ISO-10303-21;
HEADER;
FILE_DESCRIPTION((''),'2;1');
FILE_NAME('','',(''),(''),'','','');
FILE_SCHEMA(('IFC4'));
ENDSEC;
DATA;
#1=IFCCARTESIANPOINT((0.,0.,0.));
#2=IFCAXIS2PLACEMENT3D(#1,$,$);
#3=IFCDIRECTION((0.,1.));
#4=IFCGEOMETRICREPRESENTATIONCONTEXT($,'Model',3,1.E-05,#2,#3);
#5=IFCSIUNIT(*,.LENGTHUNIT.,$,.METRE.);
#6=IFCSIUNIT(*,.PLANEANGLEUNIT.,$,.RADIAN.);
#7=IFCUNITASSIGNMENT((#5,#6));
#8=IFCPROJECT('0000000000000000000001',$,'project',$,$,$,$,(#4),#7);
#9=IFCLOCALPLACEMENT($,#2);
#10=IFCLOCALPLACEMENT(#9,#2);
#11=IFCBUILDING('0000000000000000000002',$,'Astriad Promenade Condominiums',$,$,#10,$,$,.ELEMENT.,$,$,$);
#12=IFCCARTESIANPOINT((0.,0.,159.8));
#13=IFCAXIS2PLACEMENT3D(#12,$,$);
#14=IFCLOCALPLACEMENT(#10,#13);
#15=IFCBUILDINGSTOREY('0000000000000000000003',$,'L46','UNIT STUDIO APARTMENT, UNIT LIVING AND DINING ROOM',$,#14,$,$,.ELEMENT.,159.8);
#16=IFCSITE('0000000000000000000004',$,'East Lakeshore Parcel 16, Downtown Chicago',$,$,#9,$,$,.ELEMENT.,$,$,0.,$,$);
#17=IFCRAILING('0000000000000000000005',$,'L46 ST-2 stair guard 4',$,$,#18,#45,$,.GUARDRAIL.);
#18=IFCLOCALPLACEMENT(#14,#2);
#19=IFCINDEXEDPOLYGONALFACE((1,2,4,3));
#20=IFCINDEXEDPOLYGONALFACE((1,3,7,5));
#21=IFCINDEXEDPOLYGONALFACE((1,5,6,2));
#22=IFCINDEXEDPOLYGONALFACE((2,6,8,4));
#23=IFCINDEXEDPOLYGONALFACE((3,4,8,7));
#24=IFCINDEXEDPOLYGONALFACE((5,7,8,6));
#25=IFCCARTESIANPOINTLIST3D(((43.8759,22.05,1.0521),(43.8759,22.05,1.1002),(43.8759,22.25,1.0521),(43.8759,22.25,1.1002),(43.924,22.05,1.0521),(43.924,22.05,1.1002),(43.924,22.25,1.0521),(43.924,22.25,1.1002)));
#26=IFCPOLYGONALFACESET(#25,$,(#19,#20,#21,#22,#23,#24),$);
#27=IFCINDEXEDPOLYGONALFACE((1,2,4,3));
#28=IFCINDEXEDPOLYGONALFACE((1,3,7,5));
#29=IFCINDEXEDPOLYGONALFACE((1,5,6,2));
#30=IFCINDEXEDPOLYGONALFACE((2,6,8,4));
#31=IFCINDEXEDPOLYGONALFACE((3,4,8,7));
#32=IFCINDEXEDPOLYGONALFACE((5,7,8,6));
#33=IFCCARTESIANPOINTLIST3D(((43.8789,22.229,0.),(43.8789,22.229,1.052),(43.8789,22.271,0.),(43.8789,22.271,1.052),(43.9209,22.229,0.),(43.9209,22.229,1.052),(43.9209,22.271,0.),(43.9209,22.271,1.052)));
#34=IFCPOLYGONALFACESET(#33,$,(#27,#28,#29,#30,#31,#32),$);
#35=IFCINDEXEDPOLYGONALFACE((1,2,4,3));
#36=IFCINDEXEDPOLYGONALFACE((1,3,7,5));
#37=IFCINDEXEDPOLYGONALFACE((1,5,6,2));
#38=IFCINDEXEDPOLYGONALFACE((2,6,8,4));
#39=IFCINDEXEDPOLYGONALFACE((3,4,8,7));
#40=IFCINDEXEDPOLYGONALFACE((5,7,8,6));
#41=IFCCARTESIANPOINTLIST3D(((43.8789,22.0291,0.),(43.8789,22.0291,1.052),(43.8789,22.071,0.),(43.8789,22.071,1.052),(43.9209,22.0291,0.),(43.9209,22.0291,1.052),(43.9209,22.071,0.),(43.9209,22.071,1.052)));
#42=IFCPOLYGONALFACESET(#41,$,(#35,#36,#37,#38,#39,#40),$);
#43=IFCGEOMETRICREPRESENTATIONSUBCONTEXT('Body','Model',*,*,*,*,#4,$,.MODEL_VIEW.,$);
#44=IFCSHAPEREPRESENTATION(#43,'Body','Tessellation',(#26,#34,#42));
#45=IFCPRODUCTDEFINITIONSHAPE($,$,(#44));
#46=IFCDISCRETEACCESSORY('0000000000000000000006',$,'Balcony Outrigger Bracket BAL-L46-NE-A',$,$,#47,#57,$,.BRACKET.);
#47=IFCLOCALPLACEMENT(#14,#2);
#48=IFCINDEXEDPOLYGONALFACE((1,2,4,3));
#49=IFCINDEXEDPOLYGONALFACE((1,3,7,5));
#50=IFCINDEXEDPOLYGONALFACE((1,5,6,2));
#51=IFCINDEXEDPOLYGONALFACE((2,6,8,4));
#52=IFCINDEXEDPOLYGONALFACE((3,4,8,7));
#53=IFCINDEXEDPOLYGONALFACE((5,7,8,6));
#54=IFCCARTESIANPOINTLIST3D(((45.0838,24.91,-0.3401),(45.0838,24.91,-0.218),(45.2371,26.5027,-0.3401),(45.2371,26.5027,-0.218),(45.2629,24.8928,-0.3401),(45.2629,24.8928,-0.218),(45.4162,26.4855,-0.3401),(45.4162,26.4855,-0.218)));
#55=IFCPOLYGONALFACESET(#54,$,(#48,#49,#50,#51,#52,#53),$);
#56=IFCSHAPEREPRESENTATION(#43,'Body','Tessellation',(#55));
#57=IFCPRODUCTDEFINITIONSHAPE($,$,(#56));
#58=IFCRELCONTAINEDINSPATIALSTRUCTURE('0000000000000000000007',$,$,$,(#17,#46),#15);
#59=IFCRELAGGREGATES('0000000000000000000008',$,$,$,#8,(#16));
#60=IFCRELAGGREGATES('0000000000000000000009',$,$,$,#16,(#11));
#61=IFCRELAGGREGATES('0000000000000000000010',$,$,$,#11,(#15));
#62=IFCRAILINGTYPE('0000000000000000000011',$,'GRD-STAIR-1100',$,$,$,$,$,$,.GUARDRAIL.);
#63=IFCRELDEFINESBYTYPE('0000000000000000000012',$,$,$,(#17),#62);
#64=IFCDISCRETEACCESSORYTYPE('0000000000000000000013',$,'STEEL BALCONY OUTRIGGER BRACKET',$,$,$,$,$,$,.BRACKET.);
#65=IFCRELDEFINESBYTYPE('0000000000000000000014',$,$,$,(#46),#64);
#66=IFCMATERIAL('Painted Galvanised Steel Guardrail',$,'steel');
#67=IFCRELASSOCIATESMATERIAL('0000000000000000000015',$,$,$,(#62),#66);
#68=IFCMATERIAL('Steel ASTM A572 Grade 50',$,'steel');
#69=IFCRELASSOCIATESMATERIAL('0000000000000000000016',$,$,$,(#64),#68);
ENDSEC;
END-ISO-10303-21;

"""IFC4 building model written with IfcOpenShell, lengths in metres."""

from ifc_helpers import new_model, si_unit, direction, frame, origin, origin_2d, place, context, subcontext, project, spatial, rectangle, extrude, source, transform, mapped, material, type_object, type_shapes, element, save


model = new_model("IFC4")

# Units and contexts
model_context = context("Model", 3, precision=1e-05, world=origin(), true_north=direction((0.0, 1.0)))
body_context = subcontext(model_context, "Body", "Model", "MODEL_VIEW")
ifc_project = project(units=[si_unit("LENGTHUNIT", "METRE"), si_unit("PLANEANGLEUNIT", "RADIAN")], contexts=[model_context])

# Site, building, storey
site_placement = place(None, origin())
site = spatial("IfcSite", under=ifc_project, at=site_placement, Name="East Lakeshore Parcel 16, Downtown Chicago", CompositionType="ELEMENT", RefElevation=0.0)
building_placement = place(site_placement, origin())
building = spatial("IfcBuilding", under=site, at=building_placement, Name="Astriad Promenade Condominiums", CompositionType="ELEMENT")
storey_placement = place(building_placement, frame((0.0, 0.0, 159.8)))
storey = spatial("IfcBuildingStorey", under=building, at=storey_placement, Name="L46", Description="UNIT STUDIO APARTMENT, UNIT LIVING AND DINING ROOM", CompositionType="ELEMENT", Elevation=159.8)

# Railing
ifc_material_1 = material(Name="Painted Galvanised Steel Guardrail", Category="steel")
railing_type_1 = type_object("IfcRailingType", Name="GRD-STAIR-1100", PredefinedType="GUARDRAIL", material=ifc_material_1)
shared_shape_1 = source(origin(), body_context, "Body", "SweptSolid", [
    extrude(rectangle(XDim=0.0481, YDim=0.0481, at=origin_2d()), frame((0.0, 0.0, 1.0762), z_axis=(0.0, -1.0, 0.0), x_axis=(1.0, 0.0, 0.0)), (0.0, 0.0, 1.0), 0.2),
    extrude(rectangle(XDim=0.042, YDim=0.042, at=origin_2d()), origin(), (0.0, 0.0, 1.0), 1.052),
    extrude(rectangle(XDim=0.042, YDim=0.042, at=origin_2d()), frame((0.0, -0.2, 0.0)), (0.0, 0.0, 1.0), 1.052),
])
railing_1_placement = place(storey_placement, frame((43.8999, 22.25, 0.0)))
element("IfcRailing", 1, at=railing_1_placement, inside=storey, type_object=railing_type_1, Name="L46 ST-2 stair guard 4", PredefinedType="GUARDRAIL", context=body_context, shape_type="MappedRepresentation", body=[
    mapped(shared_shape_1, transform((0.0, 0.0, 0.0), scale=1.0)),
])

# Discrete accessory
ifc_material_2 = material(Name="Steel ASTM A572 Grade 50", Category="steel")
discrete_accessory_type = type_object("IfcDiscreteAccessoryType", Name="STEEL BALCONY OUTRIGGER BRACKET", PredefinedType="BRACKET", material=ifc_material_2)
shared_shape_2 = source(origin(), body_context, "Body", "SweptSolid", [
    extrude(rectangle(XDim=1.6001, YDim=0.1799, at=origin_2d()), origin(), (0.0, 0.0, 1.0), 0.1221),
])
type_shapes(discrete_accessory_type, [shared_shape_2])
discrete_accessory_placement = place(storey_placement, frame((45.25, 25.6978, -0.3401), z_axis=(0.0, 0.0, 1.0), x_axis=(0.095846, 0.995396, 0.0)))
element("IfcDiscreteAccessory", 2, at=discrete_accessory_placement, inside=storey, type_object=discrete_accessory_type, Name="Balcony Outrigger Bracket BAL-L46-NE-A", PredefinedType="BRACKET", context=body_context, shape_type="MappedRepresentation", body=[
    mapped(shared_shape_2, transform((0.0, 0.0, 0.0), scale=1.0)),
])

save(model, "model.ifc")
